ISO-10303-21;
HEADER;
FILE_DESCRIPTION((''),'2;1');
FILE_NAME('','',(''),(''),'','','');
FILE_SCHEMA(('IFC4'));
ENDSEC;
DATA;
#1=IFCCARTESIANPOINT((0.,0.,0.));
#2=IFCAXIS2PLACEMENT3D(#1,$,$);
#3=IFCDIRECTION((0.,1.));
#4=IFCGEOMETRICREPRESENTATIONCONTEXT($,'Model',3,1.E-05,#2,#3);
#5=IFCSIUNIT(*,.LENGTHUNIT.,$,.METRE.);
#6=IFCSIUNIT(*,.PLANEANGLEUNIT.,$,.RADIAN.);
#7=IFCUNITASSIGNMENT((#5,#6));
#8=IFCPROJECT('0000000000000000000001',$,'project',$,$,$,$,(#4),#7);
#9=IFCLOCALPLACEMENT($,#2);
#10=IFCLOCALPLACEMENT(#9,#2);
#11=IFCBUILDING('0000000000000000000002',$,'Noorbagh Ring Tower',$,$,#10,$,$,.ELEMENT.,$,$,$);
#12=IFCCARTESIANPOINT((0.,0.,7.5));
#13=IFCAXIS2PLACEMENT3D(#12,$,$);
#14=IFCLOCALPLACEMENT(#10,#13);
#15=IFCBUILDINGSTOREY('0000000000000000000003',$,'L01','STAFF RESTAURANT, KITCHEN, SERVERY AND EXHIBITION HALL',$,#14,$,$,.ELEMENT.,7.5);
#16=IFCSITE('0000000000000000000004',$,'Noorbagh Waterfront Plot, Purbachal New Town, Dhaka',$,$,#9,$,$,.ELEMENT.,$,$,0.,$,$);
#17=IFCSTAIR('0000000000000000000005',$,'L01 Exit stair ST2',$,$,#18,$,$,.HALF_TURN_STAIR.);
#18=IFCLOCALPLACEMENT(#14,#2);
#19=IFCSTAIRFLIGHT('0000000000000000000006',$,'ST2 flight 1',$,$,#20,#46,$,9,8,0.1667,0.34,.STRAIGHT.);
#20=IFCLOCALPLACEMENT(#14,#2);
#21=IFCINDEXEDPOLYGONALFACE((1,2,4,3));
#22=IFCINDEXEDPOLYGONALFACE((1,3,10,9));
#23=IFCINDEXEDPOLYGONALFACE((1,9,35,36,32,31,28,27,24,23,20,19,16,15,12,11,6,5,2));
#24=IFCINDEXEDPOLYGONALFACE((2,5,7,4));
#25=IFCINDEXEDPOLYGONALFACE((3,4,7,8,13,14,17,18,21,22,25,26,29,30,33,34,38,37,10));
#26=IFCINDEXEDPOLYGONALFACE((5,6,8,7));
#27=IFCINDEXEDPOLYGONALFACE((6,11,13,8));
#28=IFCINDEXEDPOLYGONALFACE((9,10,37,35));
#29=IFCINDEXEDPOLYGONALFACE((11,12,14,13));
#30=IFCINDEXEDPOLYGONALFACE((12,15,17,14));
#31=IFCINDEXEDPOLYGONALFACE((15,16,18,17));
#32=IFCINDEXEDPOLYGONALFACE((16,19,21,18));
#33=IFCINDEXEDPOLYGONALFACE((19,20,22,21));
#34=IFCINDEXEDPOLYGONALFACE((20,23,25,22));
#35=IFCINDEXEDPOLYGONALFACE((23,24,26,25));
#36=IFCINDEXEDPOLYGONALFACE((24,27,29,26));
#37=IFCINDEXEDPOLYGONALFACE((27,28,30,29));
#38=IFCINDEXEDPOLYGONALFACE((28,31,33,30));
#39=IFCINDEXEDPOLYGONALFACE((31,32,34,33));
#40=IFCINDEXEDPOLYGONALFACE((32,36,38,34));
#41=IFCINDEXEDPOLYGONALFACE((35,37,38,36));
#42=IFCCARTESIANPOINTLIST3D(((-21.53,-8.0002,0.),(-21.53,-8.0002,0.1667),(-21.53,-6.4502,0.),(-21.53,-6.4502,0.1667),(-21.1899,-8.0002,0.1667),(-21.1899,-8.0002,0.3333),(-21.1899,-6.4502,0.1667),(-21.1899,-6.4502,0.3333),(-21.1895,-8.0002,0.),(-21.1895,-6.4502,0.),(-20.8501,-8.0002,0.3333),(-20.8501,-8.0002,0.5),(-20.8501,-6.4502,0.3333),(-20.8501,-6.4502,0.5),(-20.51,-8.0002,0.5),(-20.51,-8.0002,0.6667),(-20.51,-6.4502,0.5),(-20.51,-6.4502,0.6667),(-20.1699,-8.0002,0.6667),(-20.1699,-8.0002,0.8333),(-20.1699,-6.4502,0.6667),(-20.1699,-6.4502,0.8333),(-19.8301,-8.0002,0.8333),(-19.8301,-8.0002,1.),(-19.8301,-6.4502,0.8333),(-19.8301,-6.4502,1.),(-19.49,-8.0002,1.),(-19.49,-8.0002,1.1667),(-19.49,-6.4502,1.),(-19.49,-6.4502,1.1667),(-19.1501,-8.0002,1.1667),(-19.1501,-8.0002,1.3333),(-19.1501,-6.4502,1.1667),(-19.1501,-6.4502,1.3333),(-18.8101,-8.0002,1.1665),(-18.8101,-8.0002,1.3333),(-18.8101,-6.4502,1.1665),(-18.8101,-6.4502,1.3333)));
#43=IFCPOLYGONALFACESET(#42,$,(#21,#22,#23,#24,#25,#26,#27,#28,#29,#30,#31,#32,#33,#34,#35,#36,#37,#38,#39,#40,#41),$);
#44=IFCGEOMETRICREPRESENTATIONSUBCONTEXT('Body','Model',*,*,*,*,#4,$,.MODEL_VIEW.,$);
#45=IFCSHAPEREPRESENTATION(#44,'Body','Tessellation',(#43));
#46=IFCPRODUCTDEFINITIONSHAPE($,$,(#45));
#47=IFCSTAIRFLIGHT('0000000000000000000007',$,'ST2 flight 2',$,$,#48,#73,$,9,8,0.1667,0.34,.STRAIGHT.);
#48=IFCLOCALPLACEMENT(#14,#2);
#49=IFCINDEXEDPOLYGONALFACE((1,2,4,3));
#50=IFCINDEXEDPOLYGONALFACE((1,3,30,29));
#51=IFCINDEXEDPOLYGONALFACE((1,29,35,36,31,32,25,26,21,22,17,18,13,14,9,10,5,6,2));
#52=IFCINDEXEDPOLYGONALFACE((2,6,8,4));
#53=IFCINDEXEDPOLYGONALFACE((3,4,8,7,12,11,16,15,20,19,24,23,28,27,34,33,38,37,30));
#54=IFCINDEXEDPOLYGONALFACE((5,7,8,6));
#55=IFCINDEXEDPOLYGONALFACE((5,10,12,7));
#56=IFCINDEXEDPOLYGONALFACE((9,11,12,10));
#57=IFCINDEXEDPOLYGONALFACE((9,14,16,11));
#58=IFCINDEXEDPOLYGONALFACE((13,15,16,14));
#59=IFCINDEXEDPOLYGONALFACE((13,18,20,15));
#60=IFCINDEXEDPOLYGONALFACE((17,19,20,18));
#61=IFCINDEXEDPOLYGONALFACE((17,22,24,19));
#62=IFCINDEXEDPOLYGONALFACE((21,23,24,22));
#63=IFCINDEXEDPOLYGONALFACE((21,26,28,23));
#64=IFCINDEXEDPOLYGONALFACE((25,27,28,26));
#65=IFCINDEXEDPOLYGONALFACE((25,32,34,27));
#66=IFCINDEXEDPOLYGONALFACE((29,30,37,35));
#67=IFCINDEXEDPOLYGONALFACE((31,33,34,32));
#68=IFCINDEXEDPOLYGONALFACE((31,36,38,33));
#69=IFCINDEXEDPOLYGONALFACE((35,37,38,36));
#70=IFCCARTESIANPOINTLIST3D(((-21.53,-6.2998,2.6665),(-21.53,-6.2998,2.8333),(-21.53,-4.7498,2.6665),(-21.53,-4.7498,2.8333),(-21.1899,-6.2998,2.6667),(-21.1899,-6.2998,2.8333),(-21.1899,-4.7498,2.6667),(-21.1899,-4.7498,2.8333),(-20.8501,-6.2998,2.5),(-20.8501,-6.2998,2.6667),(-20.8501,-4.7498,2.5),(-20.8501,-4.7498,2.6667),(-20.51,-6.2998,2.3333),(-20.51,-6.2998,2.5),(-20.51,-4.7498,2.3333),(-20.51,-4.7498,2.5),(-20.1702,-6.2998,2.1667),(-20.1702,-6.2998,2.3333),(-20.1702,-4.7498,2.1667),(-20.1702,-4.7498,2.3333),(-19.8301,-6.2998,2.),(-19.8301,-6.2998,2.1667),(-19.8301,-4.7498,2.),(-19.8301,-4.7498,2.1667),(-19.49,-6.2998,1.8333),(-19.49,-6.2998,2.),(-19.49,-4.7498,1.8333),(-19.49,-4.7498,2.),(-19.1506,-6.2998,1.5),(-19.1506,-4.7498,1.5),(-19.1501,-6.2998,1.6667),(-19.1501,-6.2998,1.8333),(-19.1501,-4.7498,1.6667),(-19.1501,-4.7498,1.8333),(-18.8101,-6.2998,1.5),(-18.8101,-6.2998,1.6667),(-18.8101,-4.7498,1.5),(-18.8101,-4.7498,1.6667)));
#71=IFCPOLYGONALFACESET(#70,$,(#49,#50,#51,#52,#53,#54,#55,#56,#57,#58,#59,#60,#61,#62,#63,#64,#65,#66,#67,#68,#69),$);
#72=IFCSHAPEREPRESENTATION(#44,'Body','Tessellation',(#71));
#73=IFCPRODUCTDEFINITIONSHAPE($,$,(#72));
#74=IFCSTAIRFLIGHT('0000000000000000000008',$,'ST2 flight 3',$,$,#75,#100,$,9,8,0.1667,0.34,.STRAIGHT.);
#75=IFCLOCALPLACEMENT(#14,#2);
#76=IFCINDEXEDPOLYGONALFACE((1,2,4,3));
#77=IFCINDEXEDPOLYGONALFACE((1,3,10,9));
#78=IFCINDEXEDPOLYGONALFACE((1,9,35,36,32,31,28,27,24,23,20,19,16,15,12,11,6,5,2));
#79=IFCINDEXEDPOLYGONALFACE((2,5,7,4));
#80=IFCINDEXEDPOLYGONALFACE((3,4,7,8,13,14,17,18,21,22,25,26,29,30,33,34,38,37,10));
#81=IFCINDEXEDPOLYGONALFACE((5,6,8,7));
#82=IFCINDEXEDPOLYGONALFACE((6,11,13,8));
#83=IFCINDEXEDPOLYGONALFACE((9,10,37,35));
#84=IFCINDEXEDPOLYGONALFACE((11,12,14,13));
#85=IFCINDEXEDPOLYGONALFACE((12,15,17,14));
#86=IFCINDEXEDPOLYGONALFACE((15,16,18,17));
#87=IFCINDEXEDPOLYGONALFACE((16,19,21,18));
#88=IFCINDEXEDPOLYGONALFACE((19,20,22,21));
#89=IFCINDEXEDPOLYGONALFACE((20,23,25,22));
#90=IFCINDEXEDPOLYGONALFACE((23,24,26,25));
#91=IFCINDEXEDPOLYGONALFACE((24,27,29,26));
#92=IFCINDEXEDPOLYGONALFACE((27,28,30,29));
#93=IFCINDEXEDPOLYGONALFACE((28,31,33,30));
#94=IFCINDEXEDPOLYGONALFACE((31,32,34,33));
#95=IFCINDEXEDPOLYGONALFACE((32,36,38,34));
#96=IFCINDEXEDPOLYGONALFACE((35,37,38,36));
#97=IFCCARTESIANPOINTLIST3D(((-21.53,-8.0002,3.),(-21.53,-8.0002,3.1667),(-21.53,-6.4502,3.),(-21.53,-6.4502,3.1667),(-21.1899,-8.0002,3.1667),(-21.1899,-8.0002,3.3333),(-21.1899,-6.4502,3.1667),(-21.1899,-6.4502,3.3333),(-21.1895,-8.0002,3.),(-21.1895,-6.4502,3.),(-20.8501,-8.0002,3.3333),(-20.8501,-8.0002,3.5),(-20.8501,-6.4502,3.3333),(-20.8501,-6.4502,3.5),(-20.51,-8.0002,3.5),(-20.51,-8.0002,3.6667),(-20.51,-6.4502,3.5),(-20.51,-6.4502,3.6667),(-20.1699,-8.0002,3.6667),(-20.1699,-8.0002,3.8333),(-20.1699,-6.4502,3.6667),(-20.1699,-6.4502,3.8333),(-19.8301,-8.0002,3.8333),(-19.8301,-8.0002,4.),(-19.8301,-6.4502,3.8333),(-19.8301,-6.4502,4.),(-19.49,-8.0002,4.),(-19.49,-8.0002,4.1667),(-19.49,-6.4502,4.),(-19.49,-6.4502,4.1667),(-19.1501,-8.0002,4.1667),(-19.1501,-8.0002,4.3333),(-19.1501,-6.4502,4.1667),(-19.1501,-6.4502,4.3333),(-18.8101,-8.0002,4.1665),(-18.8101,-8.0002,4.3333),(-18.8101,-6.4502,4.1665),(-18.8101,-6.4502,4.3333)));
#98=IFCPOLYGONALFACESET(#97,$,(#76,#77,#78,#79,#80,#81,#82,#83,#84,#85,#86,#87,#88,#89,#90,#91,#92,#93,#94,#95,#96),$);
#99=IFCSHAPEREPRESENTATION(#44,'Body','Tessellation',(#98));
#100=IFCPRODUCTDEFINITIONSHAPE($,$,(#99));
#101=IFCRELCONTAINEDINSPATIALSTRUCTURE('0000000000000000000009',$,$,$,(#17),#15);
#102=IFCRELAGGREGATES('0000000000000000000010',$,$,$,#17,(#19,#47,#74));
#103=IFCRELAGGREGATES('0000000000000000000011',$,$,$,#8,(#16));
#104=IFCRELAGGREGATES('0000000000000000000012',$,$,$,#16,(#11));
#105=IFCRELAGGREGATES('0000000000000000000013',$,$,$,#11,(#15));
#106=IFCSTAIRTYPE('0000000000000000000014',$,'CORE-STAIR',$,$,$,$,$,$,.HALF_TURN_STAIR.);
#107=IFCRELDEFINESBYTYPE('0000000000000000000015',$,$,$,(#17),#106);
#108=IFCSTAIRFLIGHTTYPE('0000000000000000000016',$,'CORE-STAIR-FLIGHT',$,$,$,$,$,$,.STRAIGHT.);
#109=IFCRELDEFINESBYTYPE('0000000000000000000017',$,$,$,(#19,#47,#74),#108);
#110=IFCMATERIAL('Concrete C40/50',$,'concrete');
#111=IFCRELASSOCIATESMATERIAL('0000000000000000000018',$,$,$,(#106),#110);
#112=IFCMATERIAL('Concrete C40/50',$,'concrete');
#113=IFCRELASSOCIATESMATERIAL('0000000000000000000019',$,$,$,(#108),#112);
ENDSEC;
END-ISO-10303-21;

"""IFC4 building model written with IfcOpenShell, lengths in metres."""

from ifc_helpers import new_model, si_unit, direction, frame, origin, place, context, subcontext, project, spatial, polyline, outline, extrude, material, type_object, element, aggregate, save


model = new_model("IFC4")

# Units and contexts
model_context = context("Model", 3, precision=1e-05, world=origin(), true_north=direction((0.0, 1.0)))
body_context = subcontext(model_context, "Body", "Model", "MODEL_VIEW")
ifc_project = project(units=[si_unit("LENGTHUNIT", "METRE"), si_unit("PLANEANGLEUNIT", "RADIAN")], contexts=[model_context])

# Site, building, storey
site_placement = place(None, origin())
site = spatial("IfcSite", under=ifc_project, at=site_placement, Name="Noorbagh Waterfront Plot, Purbachal New Town, Dhaka", CompositionType="ELEMENT", RefElevation=0.0)
building_placement = place(site_placement, origin())
building = spatial("IfcBuilding", under=site, at=building_placement, Name="Noorbagh Ring Tower", CompositionType="ELEMENT")
storey_placement = place(building_placement, frame((0.0, 0.0, 7.5)))
storey = spatial("IfcBuildingStorey", under=building, at=storey_placement, Name="L01", Description="STAFF RESTAURANT, KITCHEN, SERVERY AND EXHIBITION HALL", CompositionType="ELEMENT", Elevation=7.5)

# Stair, stair flights
ifc_material_1 = material(Name="Concrete C40/50", Category="concrete")
stair_type = type_object("IfcStairType", Name="CORE-STAIR", PredefinedType="HALF_TURN_STAIR", material=ifc_material_1)
stair_placement = place(storey_placement, origin())
stair = element("IfcStair", 1, at=stair_placement, inside=storey, type_object=stair_type, Name="L01 Exit stair ST2", PredefinedType="HALF_TURN_STAIR")
ifc_material_2 = material(Name="Concrete C40/50", Category="concrete")
stair_flight_type = type_object("IfcStairFlightType", Name="CORE-STAIR-FLIGHT", PredefinedType="STRAIGHT", material=ifc_material_2)
stair_flight_1_placement = place(storey_placement, frame((-21.53, -7.2251, 0.0), z_axis=(0.0, 0.0, 1.0), x_axis=(1.0, 0.0, 0.0)))
stair_flight_1 = element("IfcStairFlight", 2, at=stair_flight_1_placement, type_object=stair_flight_type, Name="ST2 flight 1", NumberOfRisers=9, NumberOfTreads=8, PredefinedType="STRAIGHT", RiserHeight=0.1667, TreadLength=0.34, context=body_context, shape_type="SweptSolid", body=[
    extrude(outline(polyline([(0.0, 0.0), (0.0, 0.1667), (0.3401, 0.1667), (0.3401, 0.3333), (0.6799, 0.3333), (0.6799, 0.5), (1.02, 0.5), (1.02, 0.6667), (1.3601, 0.6667), (1.3601, 0.8333), (1.7, 0.8333), (1.7, 1.0), (2.04, 1.0), (2.04, 1.1667), (2.3799, 1.1667), (2.3799, 1.3333), (2.72, 1.3333), (2.72, 1.5), (2.72, 1.1665), (0.3406, 0.0), (0.0, 0.0)])), frame((0.0, 0.7749, 0.0), z_axis=(0.0, -1.0, 0.0), x_axis=(1.0, 0.0, 0.0)), (0.0, 0.0, 1.0), 1.55),
])
stair_flight_2_placement = place(storey_placement, frame((-18.8101, -5.5249, 1.5), z_axis=(0.0, 0.0, 1.0), x_axis=(-1.0, 0.0, 0.0)))
stair_flight_2 = element("IfcStairFlight", 3, at=stair_flight_2_placement, type_object=stair_flight_type, Name="ST2 flight 2", NumberOfRisers=9, NumberOfTreads=8, PredefinedType="STRAIGHT", RiserHeight=0.1667, TreadLength=0.34, context=body_context, shape_type="SweptSolid", body=[
    extrude(outline(polyline([(0.0, 0.0), (0.0, 0.1667), (0.3401, 0.1667), (0.3401, 0.3333), (0.6799, 0.3333), (0.6799, 0.5), (1.02, 0.5), (1.02, 0.6667), (1.3601, 0.6667), (1.3601, 0.8333), (1.7, 0.8333), (1.7, 1.0), (2.04, 1.0), (2.04, 1.1667), (2.3799, 1.1667), (2.3799, 1.3333), (2.72, 1.3333), (2.72, 1.5), (2.72, 1.1665), (0.3406, 0.0), (0.0, 0.0)])), frame((0.0, 0.7749, 0.0), z_axis=(0.0, -1.0, 0.0), x_axis=(1.0, 0.0, 0.0)), (0.0, 0.0, 1.0), 1.55),
])
stair_flight_3_placement = place(storey_placement, frame((-21.53, -7.2251, 3.0), z_axis=(0.0, 0.0, 1.0), x_axis=(1.0, 0.0, 0.0)))
stair_flight_3 = element("IfcStairFlight", 4, at=stair_flight_3_placement, type_object=stair_flight_type, Name="ST2 flight 3", NumberOfRisers=9, NumberOfTreads=8, PredefinedType="STRAIGHT", RiserHeight=0.1667, TreadLength=0.34, context=body_context, shape_type="SweptSolid", body=[
    extrude(outline(polyline([(0.0, 0.0), (0.0, 0.1667), (0.3401, 0.1667), (0.3401, 0.3333), (0.6799, 0.3333), (0.6799, 0.5), (1.02, 0.5), (1.02, 0.6667), (1.3601, 0.6667), (1.3601, 0.8333), (1.7, 0.8333), (1.7, 1.0), (2.04, 1.0), (2.04, 1.1667), (2.3799, 1.1667), (2.3799, 1.3333), (2.72, 1.3333), (2.72, 1.5), (2.72, 1.1665), (0.3406, 0.0), (0.0, 0.0)])), frame((0.0, 0.7749, 0.0), z_axis=(0.0, -1.0, 0.0), x_axis=(1.0, 0.0, 0.0)), (0.0, 0.0, 1.0), 1.55),
])
aggregate(stair, [stair_flight_1, stair_flight_2, stair_flight_3])

save(model, "model.ifc")
